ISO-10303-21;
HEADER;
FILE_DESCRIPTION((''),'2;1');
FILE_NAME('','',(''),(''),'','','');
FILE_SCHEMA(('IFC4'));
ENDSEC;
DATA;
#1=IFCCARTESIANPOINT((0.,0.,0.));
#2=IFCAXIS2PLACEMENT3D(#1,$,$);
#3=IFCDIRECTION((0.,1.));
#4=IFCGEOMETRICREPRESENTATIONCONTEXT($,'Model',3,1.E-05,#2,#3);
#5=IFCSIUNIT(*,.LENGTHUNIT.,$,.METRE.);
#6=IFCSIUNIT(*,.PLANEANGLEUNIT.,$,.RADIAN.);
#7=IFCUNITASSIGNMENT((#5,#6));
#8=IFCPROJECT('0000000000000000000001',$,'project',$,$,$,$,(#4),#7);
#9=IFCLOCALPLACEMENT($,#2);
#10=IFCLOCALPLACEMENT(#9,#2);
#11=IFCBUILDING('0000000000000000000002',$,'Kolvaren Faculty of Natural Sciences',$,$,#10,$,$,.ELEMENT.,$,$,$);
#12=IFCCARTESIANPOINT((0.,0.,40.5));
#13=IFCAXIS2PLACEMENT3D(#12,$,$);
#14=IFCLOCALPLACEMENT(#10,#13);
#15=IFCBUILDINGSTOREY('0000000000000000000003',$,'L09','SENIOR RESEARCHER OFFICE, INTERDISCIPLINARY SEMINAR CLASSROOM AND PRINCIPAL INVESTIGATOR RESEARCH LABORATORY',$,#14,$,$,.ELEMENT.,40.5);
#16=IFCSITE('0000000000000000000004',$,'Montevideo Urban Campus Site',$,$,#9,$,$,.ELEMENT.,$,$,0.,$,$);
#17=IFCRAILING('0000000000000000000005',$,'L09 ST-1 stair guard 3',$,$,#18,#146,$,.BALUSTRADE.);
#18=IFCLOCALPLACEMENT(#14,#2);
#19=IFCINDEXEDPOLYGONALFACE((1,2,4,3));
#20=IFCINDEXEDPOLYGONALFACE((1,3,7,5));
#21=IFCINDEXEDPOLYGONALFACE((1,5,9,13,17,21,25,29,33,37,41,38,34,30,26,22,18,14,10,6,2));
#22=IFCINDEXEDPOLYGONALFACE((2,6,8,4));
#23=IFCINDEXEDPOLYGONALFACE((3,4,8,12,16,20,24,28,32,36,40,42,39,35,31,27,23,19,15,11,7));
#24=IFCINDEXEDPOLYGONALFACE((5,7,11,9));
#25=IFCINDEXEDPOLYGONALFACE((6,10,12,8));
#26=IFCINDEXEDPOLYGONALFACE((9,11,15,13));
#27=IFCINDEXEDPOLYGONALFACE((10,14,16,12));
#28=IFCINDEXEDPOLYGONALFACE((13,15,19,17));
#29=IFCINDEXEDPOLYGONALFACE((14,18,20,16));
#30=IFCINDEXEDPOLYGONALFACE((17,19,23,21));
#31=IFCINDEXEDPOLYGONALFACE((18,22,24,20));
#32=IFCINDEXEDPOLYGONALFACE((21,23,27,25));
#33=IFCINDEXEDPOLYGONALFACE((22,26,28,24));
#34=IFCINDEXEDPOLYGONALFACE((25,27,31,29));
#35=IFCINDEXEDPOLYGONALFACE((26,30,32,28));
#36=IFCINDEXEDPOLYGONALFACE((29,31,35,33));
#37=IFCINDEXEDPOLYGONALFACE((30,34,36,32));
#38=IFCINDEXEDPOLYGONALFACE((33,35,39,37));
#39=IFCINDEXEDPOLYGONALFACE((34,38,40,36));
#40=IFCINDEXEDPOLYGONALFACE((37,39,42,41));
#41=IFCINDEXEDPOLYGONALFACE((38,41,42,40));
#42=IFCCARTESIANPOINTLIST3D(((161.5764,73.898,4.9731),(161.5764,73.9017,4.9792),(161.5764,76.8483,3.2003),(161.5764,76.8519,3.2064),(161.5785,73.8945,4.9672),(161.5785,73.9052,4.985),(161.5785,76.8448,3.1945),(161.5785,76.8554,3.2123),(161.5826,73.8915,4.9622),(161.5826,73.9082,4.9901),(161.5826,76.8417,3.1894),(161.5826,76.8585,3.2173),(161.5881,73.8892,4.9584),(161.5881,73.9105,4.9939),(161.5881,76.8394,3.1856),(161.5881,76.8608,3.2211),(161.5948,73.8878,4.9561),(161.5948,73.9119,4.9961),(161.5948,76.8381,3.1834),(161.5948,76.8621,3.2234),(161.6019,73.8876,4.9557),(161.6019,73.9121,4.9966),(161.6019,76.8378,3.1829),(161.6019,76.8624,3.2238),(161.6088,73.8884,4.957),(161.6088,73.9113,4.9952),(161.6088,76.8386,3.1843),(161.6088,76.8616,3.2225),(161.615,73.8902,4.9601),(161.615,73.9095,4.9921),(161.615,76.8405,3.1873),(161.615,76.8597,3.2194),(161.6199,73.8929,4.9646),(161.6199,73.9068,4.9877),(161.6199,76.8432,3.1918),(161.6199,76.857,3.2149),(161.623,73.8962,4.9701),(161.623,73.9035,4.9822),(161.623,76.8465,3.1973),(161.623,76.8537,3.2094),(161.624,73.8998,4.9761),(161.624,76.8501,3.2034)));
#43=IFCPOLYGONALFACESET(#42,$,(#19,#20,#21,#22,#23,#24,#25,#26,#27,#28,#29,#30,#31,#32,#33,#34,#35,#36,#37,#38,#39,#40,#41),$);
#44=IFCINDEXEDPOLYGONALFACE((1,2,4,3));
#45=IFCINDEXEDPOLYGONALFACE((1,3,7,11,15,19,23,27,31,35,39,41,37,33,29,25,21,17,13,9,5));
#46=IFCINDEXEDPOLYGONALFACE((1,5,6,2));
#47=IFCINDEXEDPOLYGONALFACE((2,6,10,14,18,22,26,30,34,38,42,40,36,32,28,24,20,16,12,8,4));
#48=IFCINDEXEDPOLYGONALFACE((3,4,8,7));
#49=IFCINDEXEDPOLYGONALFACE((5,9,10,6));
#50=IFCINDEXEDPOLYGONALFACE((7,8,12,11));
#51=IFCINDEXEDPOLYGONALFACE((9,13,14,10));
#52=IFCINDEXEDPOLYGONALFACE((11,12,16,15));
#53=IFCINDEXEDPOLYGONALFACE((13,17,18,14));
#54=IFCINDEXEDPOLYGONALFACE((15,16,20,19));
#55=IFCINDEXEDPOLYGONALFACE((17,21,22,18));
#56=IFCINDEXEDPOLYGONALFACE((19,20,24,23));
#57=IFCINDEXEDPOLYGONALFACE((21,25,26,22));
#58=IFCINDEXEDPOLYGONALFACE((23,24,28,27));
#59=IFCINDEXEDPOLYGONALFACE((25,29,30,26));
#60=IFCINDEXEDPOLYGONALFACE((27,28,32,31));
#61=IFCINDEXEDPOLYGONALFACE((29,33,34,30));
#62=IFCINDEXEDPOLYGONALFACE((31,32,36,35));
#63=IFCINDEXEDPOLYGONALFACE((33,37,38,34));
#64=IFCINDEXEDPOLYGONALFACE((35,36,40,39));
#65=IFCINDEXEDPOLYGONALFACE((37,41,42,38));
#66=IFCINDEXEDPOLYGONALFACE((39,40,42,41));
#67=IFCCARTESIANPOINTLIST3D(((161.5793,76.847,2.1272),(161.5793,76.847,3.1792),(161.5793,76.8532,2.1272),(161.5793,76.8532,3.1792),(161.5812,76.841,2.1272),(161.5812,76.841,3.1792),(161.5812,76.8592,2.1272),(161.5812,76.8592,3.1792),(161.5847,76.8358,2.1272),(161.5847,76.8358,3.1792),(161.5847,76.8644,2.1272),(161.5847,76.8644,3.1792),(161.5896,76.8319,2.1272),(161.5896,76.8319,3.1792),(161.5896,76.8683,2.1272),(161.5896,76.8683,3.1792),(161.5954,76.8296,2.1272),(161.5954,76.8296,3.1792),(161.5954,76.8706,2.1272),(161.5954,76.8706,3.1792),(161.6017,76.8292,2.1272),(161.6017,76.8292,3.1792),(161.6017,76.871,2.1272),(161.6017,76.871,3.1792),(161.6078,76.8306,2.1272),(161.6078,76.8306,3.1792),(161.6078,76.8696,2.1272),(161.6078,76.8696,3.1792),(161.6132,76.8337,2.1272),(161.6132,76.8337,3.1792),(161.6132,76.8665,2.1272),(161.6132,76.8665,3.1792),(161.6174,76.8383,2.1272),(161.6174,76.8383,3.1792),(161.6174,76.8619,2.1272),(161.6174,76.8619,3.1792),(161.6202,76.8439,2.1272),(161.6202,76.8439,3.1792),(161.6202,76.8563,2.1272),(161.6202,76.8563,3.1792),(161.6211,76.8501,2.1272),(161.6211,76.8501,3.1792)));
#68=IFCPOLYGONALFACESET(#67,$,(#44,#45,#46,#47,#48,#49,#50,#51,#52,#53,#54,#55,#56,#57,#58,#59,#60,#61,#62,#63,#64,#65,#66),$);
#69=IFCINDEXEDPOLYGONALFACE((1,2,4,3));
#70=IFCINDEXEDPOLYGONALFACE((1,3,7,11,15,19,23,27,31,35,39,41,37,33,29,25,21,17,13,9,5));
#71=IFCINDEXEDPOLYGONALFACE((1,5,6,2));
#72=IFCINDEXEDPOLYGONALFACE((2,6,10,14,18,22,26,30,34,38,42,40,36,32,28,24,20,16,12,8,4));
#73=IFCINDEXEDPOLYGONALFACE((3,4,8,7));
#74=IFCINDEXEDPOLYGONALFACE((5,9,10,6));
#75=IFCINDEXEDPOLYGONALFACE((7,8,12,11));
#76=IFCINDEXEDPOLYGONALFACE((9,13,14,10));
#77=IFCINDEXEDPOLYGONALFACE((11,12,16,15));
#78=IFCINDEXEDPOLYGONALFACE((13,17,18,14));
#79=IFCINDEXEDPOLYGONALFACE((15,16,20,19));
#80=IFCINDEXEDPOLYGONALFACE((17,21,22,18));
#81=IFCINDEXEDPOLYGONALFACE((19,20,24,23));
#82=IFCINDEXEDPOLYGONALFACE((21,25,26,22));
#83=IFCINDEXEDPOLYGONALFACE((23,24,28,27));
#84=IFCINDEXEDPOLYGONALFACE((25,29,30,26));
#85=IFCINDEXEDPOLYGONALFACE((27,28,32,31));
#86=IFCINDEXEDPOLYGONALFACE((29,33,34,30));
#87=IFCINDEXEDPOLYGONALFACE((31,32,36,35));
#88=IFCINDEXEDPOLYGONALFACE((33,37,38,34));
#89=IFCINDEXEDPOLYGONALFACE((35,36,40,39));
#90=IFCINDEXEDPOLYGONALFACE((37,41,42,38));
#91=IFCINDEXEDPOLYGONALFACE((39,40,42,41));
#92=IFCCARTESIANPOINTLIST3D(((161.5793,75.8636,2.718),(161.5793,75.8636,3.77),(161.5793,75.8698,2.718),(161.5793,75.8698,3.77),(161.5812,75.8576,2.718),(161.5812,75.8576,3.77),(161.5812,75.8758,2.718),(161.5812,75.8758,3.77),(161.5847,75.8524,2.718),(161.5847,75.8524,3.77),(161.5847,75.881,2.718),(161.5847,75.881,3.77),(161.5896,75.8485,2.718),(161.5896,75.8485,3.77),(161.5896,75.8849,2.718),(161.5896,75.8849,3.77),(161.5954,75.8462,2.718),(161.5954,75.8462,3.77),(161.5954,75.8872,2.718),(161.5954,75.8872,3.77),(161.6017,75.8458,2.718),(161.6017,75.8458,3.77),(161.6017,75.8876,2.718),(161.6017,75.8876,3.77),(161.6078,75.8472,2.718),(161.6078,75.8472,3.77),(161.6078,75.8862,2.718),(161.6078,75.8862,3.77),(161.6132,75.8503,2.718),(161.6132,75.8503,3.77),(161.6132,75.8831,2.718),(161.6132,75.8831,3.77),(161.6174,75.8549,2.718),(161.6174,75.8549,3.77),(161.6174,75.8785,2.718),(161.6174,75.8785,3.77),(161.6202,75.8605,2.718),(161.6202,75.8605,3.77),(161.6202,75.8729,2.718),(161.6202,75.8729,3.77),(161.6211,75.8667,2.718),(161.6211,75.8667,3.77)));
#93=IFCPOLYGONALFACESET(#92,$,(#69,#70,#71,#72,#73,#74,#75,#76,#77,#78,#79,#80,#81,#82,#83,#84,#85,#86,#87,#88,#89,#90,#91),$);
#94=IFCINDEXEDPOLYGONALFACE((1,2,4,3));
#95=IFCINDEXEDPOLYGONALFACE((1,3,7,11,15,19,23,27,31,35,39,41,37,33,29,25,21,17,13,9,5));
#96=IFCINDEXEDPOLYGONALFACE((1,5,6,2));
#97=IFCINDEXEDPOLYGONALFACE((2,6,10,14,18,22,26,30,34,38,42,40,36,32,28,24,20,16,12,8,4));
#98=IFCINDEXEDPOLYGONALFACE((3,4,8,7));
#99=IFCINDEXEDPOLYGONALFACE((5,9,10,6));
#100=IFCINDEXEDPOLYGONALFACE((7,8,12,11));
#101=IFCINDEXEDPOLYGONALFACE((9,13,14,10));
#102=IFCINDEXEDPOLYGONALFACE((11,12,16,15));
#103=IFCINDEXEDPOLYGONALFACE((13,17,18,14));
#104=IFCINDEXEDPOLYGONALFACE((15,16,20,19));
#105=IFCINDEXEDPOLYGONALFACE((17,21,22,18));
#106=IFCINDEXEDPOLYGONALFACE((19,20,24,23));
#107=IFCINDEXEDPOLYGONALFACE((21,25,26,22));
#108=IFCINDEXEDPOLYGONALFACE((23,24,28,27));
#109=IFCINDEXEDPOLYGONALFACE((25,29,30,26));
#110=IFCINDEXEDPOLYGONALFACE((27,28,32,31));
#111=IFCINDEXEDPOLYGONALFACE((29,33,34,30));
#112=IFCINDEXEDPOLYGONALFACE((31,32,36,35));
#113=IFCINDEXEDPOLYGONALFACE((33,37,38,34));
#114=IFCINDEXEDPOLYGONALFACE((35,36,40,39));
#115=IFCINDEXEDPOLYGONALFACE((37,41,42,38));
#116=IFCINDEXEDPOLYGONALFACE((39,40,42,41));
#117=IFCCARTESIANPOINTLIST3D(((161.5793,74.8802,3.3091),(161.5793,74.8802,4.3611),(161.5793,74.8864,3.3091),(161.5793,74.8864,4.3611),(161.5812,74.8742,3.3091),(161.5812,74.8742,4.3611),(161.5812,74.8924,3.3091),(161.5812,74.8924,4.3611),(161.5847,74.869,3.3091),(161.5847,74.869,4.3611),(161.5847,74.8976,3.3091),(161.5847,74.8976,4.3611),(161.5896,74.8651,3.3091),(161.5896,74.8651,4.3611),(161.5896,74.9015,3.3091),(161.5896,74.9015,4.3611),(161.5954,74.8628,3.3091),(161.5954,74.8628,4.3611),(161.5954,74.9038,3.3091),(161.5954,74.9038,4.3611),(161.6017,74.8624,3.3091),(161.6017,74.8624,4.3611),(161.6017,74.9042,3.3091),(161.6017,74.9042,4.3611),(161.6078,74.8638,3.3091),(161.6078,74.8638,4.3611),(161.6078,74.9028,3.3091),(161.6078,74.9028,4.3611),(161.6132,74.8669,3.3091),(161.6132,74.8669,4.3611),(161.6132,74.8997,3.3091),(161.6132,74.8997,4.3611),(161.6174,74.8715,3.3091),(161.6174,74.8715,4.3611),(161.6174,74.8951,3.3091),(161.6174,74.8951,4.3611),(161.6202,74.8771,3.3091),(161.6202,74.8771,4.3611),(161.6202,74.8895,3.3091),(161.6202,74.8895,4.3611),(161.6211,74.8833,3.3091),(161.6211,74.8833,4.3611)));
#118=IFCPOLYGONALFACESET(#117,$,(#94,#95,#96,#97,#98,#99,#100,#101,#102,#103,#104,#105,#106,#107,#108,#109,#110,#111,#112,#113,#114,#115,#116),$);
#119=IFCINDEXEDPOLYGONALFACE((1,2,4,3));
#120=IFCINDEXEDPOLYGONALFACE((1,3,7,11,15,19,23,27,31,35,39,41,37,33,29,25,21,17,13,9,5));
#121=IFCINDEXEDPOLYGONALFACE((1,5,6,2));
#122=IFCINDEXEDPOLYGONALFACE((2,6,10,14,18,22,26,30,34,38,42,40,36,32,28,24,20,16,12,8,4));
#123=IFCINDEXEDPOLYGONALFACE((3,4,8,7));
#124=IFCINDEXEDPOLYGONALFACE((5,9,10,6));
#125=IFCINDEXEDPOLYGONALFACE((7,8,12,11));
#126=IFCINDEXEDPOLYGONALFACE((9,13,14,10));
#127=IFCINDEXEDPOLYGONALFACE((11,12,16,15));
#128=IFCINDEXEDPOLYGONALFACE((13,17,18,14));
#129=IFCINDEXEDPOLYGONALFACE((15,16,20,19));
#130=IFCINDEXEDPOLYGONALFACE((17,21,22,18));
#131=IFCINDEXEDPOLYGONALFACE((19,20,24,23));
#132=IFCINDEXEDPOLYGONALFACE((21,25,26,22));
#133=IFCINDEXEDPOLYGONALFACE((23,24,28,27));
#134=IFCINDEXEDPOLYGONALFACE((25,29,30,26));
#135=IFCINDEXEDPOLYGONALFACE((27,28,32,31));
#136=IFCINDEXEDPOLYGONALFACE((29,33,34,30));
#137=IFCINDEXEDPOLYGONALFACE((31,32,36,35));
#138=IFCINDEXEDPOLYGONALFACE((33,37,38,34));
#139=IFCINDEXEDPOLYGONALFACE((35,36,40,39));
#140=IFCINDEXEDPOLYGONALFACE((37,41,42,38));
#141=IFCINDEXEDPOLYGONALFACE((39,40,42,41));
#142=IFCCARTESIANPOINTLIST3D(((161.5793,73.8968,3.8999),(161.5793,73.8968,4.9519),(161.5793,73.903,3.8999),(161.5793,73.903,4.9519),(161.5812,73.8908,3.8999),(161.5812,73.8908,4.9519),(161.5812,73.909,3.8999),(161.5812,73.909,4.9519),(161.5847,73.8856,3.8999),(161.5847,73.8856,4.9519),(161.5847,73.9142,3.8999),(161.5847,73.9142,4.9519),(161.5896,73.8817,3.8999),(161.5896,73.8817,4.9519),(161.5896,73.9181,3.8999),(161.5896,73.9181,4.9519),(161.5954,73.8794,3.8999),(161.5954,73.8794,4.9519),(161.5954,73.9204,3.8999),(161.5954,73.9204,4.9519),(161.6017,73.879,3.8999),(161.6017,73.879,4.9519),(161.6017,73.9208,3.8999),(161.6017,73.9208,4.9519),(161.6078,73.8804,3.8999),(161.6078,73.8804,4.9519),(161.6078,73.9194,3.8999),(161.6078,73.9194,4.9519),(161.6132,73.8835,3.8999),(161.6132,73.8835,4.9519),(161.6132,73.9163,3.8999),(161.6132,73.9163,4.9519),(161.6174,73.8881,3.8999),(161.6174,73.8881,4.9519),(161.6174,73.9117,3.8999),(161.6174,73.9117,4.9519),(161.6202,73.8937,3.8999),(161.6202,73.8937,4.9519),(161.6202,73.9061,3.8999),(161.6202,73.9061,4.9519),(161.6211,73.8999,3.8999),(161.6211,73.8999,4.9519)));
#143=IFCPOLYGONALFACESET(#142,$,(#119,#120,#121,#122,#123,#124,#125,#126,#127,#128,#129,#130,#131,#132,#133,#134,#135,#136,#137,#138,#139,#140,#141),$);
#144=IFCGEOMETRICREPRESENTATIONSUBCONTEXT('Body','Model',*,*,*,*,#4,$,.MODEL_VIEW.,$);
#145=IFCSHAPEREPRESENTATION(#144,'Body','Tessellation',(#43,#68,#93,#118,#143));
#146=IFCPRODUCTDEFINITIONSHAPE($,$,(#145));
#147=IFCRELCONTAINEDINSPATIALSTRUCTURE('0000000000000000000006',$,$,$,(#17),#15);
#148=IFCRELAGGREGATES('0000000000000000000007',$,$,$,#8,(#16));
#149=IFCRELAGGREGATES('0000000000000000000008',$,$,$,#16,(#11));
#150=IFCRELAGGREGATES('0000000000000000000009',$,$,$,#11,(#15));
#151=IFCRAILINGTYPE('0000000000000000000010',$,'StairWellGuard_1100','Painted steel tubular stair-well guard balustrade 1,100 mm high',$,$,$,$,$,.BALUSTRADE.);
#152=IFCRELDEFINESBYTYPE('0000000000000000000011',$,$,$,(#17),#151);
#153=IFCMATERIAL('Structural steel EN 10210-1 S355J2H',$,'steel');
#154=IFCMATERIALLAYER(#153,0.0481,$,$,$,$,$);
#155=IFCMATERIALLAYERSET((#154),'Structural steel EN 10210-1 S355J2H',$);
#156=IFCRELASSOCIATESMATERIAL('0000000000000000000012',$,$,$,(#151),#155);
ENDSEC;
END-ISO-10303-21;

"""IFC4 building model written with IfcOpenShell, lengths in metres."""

from ifc_helpers import new_model, si_unit, direction, frame, origin, origin_2d, place, context, subcontext, project, spatial, circle, extrude, material, layer, layer_set, type_object, element, save


model = new_model("IFC4")

# Units and contexts
model_context = context("Model", 3, precision=1e-05, world=origin(), true_north=direction((0.0, 1.0)))
body_context = subcontext(model_context, "Body", "Model", "MODEL_VIEW")
ifc_project = project(units=[si_unit("LENGTHUNIT", "METRE"), si_unit("PLANEANGLEUNIT", "RADIAN")], contexts=[model_context])

# Site, building, storey
site_placement = place(None, origin())
site = spatial("IfcSite", under=ifc_project, at=site_placement, Name="Montevideo Urban Campus Site", CompositionType="ELEMENT", RefElevation=0.0)
building_placement = place(site_placement, origin())
building = spatial("IfcBuilding", under=site, at=building_placement, Name="Kolvaren Faculty of Natural Sciences", CompositionType="ELEMENT")
storey_placement = place(building_placement, frame((0.0, 0.0, 40.5)))
storey = spatial("IfcBuildingStorey", under=building, at=storey_placement, Name="L09", Description="SENIOR RESEARCHER OFFICE, INTERDISCIPLINARY SEMINAR CLASSROOM AND PRINCIPAL INVESTIGATOR RESEARCH LABORATORY", CompositionType="ELEMENT", Elevation=40.5)

# Railing
ifc_material_1 = material(Name="Structural steel EN 10210-1 S355J2H", Category="steel")
ifc_layer_1 = layer(ifc_material_1, 0.0481)
ifc_layer_set_1 = layer_set([ifc_layer_1], Name="Structural steel EN 10210-1 S355J2H")
railing_type_1 = type_object("IfcRailingType", Name="StairWellGuard_1100", Description="Painted steel tubular stair-well guard balustrade 1,100 mm high", PredefinedType="BALUSTRADE", material=ifc_layer_set_1)
railing_1_placement = place(storey_placement, frame((161.6001, 76.8501, 2.1272)))
element("IfcRailing", 1, at=railing_1_placement, inside=storey, type_object=railing_type_1, Name="L09 ST-1 stair guard 3", PredefinedType="BALUSTRADE", context=body_context, shape_type="SweptSolid", body=[
    extrude(circle(Radius=0.0239, at=origin_2d()), frame((0.0, 0.0, 1.0762), z_axis=(0.0, -0.857161, 0.515049), x_axis=(1.0, 0.0, 0.0)), (0.0, 0.0, 1.0), 3.4419),
    extrude(circle(Radius=0.021, at=origin_2d()), origin(), (0.0, 0.0, 1.0), 1.052),
    extrude(circle(Radius=0.021, at=origin_2d()), frame((0.0, -0.9834, 0.5908)), (0.0, 0.0, 1.0), 1.052),
    extrude(circle(Radius=0.021, at=origin_2d()), frame((0.0, -1.9668, 1.1819)), (0.0, 0.0, 1.0), 1.052),
    extrude(circle(Radius=0.021, at=origin_2d()), frame((0.0, -2.9502, 1.7727)), (0.0, 0.0, 1.0), 1.052),
])

save(model, "model.ifc")
